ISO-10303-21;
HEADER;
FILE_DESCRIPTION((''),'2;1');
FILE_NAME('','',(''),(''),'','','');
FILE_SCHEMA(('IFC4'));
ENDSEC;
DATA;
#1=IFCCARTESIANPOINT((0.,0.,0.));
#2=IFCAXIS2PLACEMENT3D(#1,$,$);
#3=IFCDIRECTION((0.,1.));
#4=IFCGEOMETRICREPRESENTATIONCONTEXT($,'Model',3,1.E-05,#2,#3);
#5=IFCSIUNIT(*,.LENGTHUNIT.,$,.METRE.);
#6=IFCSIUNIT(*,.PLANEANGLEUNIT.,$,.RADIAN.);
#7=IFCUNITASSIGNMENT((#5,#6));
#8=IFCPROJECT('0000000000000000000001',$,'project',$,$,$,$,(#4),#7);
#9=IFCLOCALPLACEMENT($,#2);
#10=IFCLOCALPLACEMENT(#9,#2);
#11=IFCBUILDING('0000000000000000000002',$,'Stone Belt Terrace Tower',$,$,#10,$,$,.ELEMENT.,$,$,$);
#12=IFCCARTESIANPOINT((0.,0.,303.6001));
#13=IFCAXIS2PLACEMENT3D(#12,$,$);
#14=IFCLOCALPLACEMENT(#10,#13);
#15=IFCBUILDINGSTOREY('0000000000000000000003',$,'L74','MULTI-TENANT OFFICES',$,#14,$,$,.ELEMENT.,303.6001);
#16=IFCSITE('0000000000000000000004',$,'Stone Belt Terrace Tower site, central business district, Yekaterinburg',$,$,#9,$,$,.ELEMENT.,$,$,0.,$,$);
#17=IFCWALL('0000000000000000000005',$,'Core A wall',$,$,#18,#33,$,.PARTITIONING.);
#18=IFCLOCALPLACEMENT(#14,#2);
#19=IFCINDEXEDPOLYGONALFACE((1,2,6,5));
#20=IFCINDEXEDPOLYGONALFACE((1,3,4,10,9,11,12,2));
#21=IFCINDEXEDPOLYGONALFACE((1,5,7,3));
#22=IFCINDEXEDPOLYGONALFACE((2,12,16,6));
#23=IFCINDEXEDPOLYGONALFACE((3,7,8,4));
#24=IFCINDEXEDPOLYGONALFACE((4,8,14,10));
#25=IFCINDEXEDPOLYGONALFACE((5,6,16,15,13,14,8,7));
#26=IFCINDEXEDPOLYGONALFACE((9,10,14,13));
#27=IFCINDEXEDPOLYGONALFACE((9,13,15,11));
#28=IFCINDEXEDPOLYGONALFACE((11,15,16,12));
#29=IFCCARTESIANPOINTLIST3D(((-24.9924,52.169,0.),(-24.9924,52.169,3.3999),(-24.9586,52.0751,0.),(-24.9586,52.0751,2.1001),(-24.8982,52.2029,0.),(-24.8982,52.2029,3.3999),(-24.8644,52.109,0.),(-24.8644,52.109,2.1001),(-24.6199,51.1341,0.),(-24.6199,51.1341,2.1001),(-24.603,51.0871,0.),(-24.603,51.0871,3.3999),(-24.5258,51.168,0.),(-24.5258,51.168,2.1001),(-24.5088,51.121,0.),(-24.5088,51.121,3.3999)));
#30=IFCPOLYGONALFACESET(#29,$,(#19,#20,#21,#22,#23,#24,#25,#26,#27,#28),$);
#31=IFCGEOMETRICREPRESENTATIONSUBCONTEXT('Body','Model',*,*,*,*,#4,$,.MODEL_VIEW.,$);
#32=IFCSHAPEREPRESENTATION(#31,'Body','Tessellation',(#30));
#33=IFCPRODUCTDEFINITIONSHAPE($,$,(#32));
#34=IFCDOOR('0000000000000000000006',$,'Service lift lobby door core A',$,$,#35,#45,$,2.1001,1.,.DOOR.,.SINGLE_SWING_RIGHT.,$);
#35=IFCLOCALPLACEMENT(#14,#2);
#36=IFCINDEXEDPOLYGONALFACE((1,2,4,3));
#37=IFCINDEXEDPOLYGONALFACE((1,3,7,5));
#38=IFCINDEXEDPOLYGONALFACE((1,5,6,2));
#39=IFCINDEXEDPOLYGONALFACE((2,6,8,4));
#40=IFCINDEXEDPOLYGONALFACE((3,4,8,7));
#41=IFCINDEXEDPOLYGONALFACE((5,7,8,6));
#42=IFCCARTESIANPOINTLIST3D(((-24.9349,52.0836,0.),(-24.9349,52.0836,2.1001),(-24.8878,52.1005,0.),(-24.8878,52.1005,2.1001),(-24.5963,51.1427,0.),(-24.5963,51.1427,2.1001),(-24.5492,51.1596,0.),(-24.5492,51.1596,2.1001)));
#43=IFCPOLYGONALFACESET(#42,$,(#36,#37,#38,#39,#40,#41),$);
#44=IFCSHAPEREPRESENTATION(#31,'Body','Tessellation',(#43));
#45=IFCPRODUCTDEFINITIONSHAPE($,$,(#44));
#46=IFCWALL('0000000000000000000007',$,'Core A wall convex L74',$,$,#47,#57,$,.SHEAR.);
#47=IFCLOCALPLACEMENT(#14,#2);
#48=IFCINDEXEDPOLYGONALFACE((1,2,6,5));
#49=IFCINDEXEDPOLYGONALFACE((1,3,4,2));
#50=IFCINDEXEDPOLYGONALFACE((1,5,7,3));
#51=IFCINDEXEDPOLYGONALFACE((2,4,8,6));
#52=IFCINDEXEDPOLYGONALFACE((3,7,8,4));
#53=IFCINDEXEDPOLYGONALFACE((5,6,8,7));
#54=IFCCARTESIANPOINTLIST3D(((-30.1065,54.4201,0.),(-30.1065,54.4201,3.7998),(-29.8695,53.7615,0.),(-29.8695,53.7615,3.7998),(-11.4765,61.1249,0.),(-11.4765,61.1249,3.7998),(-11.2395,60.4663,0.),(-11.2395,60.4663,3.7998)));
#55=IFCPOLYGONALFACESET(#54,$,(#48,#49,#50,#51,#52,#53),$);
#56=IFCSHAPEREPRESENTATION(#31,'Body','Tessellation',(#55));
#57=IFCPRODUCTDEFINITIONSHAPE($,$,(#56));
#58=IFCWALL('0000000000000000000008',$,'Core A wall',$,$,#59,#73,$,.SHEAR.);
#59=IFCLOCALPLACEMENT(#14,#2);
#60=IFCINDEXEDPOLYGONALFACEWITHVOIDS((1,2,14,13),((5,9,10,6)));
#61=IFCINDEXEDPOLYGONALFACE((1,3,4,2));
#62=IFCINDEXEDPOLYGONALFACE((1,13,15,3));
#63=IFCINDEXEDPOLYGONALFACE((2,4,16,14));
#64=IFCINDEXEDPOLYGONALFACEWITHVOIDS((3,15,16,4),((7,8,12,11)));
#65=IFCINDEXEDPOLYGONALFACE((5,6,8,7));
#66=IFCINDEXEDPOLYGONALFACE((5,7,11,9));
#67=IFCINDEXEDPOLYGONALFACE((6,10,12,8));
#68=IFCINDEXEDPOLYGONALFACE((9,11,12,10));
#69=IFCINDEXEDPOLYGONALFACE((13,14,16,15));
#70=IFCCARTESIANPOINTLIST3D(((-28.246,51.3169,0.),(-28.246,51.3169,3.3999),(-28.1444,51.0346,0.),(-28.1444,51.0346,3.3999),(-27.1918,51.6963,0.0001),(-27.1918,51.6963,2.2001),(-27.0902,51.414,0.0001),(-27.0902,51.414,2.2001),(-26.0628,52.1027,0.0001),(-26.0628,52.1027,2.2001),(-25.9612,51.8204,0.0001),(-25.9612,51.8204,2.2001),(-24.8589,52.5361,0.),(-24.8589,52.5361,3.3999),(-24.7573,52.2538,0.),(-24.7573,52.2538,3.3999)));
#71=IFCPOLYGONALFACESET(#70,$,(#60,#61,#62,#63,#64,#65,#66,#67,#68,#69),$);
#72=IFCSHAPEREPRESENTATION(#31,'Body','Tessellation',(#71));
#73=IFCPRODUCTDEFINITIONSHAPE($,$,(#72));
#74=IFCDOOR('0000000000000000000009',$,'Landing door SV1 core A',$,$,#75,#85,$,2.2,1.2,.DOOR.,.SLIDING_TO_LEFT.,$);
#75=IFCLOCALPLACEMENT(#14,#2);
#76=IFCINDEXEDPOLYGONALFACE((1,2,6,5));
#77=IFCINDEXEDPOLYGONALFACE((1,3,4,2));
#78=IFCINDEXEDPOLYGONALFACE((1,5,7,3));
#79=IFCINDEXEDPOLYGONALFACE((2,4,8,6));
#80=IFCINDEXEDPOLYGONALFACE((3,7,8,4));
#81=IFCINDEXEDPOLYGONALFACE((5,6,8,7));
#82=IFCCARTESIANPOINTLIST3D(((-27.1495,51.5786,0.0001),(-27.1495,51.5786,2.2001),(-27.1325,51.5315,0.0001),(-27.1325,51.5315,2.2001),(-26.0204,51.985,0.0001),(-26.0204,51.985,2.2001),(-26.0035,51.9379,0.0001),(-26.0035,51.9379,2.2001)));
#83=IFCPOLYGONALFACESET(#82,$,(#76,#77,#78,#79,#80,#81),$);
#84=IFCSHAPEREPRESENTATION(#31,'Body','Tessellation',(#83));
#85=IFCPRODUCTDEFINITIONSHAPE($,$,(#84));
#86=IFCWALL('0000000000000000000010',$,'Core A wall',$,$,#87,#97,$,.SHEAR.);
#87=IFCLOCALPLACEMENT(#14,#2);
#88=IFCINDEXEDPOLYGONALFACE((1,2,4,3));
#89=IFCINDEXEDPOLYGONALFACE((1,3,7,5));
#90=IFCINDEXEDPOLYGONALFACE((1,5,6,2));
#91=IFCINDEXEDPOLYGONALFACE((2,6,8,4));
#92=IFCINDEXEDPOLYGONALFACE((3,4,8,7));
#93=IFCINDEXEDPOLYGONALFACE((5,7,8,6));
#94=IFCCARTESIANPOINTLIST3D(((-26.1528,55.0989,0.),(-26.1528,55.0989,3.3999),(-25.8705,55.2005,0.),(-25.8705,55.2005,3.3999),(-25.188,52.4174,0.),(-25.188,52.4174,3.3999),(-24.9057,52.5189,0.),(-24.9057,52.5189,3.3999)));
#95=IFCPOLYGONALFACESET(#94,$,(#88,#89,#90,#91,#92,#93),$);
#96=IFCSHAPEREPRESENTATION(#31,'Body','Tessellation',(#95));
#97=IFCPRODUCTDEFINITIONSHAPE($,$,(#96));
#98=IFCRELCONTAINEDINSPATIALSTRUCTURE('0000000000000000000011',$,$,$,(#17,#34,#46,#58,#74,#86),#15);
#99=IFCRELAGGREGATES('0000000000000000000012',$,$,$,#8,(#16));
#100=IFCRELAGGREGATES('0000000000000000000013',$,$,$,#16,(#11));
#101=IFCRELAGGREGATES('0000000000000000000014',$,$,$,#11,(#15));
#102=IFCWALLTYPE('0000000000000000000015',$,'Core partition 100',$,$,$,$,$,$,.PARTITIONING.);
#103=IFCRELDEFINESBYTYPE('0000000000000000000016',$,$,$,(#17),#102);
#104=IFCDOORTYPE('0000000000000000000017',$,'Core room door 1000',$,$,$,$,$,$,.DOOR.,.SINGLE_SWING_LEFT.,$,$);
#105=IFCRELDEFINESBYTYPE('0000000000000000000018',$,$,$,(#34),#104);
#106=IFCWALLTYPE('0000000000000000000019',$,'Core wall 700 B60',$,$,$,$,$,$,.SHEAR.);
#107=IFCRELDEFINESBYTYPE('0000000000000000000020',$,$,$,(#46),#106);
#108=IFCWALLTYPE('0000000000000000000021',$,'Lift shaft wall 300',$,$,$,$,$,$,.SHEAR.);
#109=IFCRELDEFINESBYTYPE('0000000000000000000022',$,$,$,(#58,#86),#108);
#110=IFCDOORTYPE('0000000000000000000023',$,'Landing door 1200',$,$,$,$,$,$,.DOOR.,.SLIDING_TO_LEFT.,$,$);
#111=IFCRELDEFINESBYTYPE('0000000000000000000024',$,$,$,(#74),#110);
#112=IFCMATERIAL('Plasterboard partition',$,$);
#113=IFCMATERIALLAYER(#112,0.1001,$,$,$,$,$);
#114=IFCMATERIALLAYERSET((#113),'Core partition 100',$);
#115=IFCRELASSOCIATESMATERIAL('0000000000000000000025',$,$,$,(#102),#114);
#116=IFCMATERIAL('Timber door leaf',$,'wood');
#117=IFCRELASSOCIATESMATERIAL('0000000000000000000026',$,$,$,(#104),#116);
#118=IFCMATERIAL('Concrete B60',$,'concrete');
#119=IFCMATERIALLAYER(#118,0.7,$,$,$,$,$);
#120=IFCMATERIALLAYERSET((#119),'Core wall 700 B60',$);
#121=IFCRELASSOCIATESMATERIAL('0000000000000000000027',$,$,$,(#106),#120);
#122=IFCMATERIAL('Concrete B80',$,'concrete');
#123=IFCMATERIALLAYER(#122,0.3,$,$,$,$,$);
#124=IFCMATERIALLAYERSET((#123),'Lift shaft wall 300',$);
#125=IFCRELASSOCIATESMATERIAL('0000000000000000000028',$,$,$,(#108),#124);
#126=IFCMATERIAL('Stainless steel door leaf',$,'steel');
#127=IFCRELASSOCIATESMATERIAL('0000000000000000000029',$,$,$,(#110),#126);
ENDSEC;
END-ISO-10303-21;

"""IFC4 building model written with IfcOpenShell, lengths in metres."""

from ifc_helpers import new_model, si_unit, direction, frame, frame_2d, origin, place, context, subcontext, project, spatial, rectangle, extrude, material, layer, layer_set, type_object, element, fill, save


model = new_model("IFC4")

# Units and contexts
model_context = context("Model", 3, precision=1e-05, world=origin(), true_north=direction((0.0, 1.0)))
body_context = subcontext(model_context, "Body", "Model", "MODEL_VIEW")
ifc_project = project(units=[si_unit("LENGTHUNIT", "METRE"), si_unit("PLANEANGLEUNIT", "RADIAN")], contexts=[model_context])

# Site, building, storey
site_placement = place(None, origin())
site = spatial("IfcSite", under=ifc_project, at=site_placement, Name="Stone Belt Terrace Tower site, central business district, Yekaterinburg", CompositionType="ELEMENT", RefElevation=0.0)
building_placement = place(site_placement, origin())
building = spatial("IfcBuilding", under=site, at=building_placement, Name="Stone Belt Terrace Tower", CompositionType="ELEMENT")
storey_placement = place(building_placement, frame((0.0, 0.0, 303.6001)))
storey = spatial("IfcBuildingStorey", under=building, at=storey_placement, Name="L74", Description="MULTI-TENANT OFFICES", CompositionType="ELEMENT", Elevation=303.6001)

# Shared definitions
ifc_material_1 = material(Name="Concrete B60", Category="concrete")

# Wall, opening, door
ifc_material_2 = material(Name="Plasterboard partition")
ifc_layer_1 = layer(ifc_material_2, 0.1001)
ifc_layer_set_1 = layer_set([ifc_layer_1], Name="Core partition 100")
wall_type_1 = type_object("IfcWallType", Name="Core partition 100", PredefinedType="PARTITIONING", material=ifc_layer_set_1)
wall_1_placement = place(storey_placement, frame((-24.5559, 51.104, 0.0), z_axis=(0.0, 0.0, 1.0), x_axis=(-0.338622, 0.940923, 0.0)))
wall_1 = element("IfcWall", 1, at=wall_1_placement, inside=storey, type_object=wall_type_1, Name="Core A wall", PredefinedType="PARTITIONING", context=body_context, shape_type="SweptSolid", body=[
    extrude(rectangle(XDim=1.1499, YDim=0.1001, at=frame_2d((0.575, 0.0))), origin(), (0.0, 0.0, 1.0), 3.3999),
])
opening_1_placement = place(wall_1_placement, frame((0.05, 0.0, 0.0)))
opening_1 = element("IfcOpeningElement", 2, at=opening_1_placement, cuts=wall_1, PredefinedType="OPENING", context=body_context, shape_type="SweptSolid", body=[
    extrude(rectangle(XDim=1.0, YDim=2.1001, at=frame_2d((0.5, 1.05))), frame((0.0, 0.0601, 0.0), z_axis=(0.0, -1.0, 0.0), x_axis=(1.0, 0.0, 0.0)), (0.0, 0.0, 1.0), 0.1201),
])
ifc_material_3 = material(Name="Timber door leaf", Category="wood")
door_type_1 = type_object("IfcDoorType", Name="Core room door 1000", OperationType="SINGLE_SWING_LEFT", PredefinedType="DOOR", material=ifc_material_3)
door_1_placement = place(opening_1_placement, origin())
door_1 = element("IfcDoor", 3, at=door_1_placement, inside=storey, type_object=door_type_1, Name="Service lift lobby door core A", OperationType="SINGLE_SWING_RIGHT", OverallHeight=2.1001, OverallWidth=1.0, PredefinedType="DOOR", context=body_context, shape_type="SweptSolid", body=[
    extrude(rectangle(XDim=1.0, YDim=2.1001, at=frame_2d((0.5, 1.05))), frame((0.0, 0.0249, 0.0), z_axis=(0.0, -1.0, 0.0), x_axis=(1.0, 0.0, 0.0)), (0.0, 0.0, 1.0), 0.05),
])
fill(opening_1, door_1)

# Wall
ifc_layer_2 = layer(ifc_material_1, 0.7)
ifc_layer_set_2 = layer_set([ifc_layer_2], Name="Core wall 700 B60")
wall_type_2 = type_object("IfcWallType", Name="Core wall 700 B60", PredefinedType="SHEAR", material=ifc_layer_set_2)
wall_2_placement = place(storey_placement, frame((-29.988, 54.0908, 0.0), z_axis=(0.0, 0.0, 1.0), x_axis=(0.94092, 0.33863, 0.0)))
element("IfcWall", 4, at=wall_2_placement, inside=storey, type_object=wall_type_2, Name="Core A wall convex L74", PredefinedType="SHEAR", context=body_context, shape_type="SweptSolid", body=[
    extrude(rectangle(XDim=19.7998, YDim=0.7, at=frame_2d((9.8999, 0.0))), origin(), (0.0, 0.0, 1.0), 3.7998),
])

# Wall, opening, door
ifc_material_4 = material(Name="Concrete B80", Category="concrete")
ifc_layer_3 = layer(ifc_material_4, 0.3)
ifc_layer_set_3 = layer_set([ifc_layer_3], Name="Lift shaft wall 300")
wall_type_3 = type_object("IfcWallType", Name="Lift shaft wall 300", PredefinedType="SHEAR", material=ifc_layer_set_3)
wall_3_placement = place(storey_placement, frame((-28.1951, 51.1758, 0.0), z_axis=(0.0, 0.0, 1.0), x_axis=(0.940901, 0.338681, 0.0)))
wall_3 = element("IfcWall", 5, at=wall_3_placement, inside=storey, type_object=wall_type_3, Name="Core A wall", PredefinedType="SHEAR", context=body_context, shape_type="SweptSolid", body=[
    extrude(rectangle(XDim=3.5999, YDim=0.3, at=frame_2d((1.7998, 0.0))), origin(), (0.0, 0.0, 1.0), 3.3999),
])
opening_2_placement = place(wall_3_placement, frame((1.1201, 0.0, 0.0)))
opening_2 = element("IfcOpeningElement", 6, at=opening_2_placement, cuts=wall_3, PredefinedType="OPENING", context=body_context, shape_type="SweptSolid", body=[
    extrude(rectangle(XDim=1.2, YDim=2.2, at=frame_2d((0.6001, 1.1001))), frame((0.0, 0.1599, 0.0), z_axis=(0.0, -1.0, 0.0), x_axis=(1.0, 0.0, 0.0)), (0.0, 0.0, 1.0), 0.3201),
])
ifc_material_5 = material(Name="Stainless steel door leaf", Category="steel")
door_type_2 = type_object("IfcDoorType", Name="Landing door 1200", OperationType="SLIDING_TO_LEFT", PredefinedType="DOOR", material=ifc_material_5)
door_2_placement = place(opening_2_placement, origin())
door_2 = element("IfcDoor", 7, at=door_2_placement, inside=storey, type_object=door_type_2, Name="Landing door SV1 core A", OperationType="SLIDING_TO_LEFT", OverallHeight=2.2, OverallWidth=1.2, PredefinedType="DOOR", context=body_context, shape_type="SweptSolid", body=[
    extrude(rectangle(XDim=1.2, YDim=2.2, at=frame_2d((0.6001, 1.1001))), frame((0.0, 0.0249, 0.0), z_axis=(0.0, -1.0, 0.0), x_axis=(1.0, 0.0, 0.0)), (0.0, 0.0, 1.0), 0.05),
])
fill(opening_2, door_2)

# Wall
wall_4_placement = place(storey_placement, frame((-25.0469, 52.4683, 0.0), z_axis=(0.0, 0.0, 1.0), x_axis=(-0.33855, 0.940949, 0.0)))
element("IfcWall", 8, at=wall_4_placement, inside=storey, type_object=wall_type_3, Name="Core A wall", PredefinedType="SHEAR", context=body_context, shape_type="SweptSolid", body=[
    extrude(rectangle(XDim=2.8499, YDim=0.3, at=frame_2d((1.4248, 0.0))), origin(), (0.0, 0.0, 1.0), 3.3999),
])

save(model, "model.ifc")
